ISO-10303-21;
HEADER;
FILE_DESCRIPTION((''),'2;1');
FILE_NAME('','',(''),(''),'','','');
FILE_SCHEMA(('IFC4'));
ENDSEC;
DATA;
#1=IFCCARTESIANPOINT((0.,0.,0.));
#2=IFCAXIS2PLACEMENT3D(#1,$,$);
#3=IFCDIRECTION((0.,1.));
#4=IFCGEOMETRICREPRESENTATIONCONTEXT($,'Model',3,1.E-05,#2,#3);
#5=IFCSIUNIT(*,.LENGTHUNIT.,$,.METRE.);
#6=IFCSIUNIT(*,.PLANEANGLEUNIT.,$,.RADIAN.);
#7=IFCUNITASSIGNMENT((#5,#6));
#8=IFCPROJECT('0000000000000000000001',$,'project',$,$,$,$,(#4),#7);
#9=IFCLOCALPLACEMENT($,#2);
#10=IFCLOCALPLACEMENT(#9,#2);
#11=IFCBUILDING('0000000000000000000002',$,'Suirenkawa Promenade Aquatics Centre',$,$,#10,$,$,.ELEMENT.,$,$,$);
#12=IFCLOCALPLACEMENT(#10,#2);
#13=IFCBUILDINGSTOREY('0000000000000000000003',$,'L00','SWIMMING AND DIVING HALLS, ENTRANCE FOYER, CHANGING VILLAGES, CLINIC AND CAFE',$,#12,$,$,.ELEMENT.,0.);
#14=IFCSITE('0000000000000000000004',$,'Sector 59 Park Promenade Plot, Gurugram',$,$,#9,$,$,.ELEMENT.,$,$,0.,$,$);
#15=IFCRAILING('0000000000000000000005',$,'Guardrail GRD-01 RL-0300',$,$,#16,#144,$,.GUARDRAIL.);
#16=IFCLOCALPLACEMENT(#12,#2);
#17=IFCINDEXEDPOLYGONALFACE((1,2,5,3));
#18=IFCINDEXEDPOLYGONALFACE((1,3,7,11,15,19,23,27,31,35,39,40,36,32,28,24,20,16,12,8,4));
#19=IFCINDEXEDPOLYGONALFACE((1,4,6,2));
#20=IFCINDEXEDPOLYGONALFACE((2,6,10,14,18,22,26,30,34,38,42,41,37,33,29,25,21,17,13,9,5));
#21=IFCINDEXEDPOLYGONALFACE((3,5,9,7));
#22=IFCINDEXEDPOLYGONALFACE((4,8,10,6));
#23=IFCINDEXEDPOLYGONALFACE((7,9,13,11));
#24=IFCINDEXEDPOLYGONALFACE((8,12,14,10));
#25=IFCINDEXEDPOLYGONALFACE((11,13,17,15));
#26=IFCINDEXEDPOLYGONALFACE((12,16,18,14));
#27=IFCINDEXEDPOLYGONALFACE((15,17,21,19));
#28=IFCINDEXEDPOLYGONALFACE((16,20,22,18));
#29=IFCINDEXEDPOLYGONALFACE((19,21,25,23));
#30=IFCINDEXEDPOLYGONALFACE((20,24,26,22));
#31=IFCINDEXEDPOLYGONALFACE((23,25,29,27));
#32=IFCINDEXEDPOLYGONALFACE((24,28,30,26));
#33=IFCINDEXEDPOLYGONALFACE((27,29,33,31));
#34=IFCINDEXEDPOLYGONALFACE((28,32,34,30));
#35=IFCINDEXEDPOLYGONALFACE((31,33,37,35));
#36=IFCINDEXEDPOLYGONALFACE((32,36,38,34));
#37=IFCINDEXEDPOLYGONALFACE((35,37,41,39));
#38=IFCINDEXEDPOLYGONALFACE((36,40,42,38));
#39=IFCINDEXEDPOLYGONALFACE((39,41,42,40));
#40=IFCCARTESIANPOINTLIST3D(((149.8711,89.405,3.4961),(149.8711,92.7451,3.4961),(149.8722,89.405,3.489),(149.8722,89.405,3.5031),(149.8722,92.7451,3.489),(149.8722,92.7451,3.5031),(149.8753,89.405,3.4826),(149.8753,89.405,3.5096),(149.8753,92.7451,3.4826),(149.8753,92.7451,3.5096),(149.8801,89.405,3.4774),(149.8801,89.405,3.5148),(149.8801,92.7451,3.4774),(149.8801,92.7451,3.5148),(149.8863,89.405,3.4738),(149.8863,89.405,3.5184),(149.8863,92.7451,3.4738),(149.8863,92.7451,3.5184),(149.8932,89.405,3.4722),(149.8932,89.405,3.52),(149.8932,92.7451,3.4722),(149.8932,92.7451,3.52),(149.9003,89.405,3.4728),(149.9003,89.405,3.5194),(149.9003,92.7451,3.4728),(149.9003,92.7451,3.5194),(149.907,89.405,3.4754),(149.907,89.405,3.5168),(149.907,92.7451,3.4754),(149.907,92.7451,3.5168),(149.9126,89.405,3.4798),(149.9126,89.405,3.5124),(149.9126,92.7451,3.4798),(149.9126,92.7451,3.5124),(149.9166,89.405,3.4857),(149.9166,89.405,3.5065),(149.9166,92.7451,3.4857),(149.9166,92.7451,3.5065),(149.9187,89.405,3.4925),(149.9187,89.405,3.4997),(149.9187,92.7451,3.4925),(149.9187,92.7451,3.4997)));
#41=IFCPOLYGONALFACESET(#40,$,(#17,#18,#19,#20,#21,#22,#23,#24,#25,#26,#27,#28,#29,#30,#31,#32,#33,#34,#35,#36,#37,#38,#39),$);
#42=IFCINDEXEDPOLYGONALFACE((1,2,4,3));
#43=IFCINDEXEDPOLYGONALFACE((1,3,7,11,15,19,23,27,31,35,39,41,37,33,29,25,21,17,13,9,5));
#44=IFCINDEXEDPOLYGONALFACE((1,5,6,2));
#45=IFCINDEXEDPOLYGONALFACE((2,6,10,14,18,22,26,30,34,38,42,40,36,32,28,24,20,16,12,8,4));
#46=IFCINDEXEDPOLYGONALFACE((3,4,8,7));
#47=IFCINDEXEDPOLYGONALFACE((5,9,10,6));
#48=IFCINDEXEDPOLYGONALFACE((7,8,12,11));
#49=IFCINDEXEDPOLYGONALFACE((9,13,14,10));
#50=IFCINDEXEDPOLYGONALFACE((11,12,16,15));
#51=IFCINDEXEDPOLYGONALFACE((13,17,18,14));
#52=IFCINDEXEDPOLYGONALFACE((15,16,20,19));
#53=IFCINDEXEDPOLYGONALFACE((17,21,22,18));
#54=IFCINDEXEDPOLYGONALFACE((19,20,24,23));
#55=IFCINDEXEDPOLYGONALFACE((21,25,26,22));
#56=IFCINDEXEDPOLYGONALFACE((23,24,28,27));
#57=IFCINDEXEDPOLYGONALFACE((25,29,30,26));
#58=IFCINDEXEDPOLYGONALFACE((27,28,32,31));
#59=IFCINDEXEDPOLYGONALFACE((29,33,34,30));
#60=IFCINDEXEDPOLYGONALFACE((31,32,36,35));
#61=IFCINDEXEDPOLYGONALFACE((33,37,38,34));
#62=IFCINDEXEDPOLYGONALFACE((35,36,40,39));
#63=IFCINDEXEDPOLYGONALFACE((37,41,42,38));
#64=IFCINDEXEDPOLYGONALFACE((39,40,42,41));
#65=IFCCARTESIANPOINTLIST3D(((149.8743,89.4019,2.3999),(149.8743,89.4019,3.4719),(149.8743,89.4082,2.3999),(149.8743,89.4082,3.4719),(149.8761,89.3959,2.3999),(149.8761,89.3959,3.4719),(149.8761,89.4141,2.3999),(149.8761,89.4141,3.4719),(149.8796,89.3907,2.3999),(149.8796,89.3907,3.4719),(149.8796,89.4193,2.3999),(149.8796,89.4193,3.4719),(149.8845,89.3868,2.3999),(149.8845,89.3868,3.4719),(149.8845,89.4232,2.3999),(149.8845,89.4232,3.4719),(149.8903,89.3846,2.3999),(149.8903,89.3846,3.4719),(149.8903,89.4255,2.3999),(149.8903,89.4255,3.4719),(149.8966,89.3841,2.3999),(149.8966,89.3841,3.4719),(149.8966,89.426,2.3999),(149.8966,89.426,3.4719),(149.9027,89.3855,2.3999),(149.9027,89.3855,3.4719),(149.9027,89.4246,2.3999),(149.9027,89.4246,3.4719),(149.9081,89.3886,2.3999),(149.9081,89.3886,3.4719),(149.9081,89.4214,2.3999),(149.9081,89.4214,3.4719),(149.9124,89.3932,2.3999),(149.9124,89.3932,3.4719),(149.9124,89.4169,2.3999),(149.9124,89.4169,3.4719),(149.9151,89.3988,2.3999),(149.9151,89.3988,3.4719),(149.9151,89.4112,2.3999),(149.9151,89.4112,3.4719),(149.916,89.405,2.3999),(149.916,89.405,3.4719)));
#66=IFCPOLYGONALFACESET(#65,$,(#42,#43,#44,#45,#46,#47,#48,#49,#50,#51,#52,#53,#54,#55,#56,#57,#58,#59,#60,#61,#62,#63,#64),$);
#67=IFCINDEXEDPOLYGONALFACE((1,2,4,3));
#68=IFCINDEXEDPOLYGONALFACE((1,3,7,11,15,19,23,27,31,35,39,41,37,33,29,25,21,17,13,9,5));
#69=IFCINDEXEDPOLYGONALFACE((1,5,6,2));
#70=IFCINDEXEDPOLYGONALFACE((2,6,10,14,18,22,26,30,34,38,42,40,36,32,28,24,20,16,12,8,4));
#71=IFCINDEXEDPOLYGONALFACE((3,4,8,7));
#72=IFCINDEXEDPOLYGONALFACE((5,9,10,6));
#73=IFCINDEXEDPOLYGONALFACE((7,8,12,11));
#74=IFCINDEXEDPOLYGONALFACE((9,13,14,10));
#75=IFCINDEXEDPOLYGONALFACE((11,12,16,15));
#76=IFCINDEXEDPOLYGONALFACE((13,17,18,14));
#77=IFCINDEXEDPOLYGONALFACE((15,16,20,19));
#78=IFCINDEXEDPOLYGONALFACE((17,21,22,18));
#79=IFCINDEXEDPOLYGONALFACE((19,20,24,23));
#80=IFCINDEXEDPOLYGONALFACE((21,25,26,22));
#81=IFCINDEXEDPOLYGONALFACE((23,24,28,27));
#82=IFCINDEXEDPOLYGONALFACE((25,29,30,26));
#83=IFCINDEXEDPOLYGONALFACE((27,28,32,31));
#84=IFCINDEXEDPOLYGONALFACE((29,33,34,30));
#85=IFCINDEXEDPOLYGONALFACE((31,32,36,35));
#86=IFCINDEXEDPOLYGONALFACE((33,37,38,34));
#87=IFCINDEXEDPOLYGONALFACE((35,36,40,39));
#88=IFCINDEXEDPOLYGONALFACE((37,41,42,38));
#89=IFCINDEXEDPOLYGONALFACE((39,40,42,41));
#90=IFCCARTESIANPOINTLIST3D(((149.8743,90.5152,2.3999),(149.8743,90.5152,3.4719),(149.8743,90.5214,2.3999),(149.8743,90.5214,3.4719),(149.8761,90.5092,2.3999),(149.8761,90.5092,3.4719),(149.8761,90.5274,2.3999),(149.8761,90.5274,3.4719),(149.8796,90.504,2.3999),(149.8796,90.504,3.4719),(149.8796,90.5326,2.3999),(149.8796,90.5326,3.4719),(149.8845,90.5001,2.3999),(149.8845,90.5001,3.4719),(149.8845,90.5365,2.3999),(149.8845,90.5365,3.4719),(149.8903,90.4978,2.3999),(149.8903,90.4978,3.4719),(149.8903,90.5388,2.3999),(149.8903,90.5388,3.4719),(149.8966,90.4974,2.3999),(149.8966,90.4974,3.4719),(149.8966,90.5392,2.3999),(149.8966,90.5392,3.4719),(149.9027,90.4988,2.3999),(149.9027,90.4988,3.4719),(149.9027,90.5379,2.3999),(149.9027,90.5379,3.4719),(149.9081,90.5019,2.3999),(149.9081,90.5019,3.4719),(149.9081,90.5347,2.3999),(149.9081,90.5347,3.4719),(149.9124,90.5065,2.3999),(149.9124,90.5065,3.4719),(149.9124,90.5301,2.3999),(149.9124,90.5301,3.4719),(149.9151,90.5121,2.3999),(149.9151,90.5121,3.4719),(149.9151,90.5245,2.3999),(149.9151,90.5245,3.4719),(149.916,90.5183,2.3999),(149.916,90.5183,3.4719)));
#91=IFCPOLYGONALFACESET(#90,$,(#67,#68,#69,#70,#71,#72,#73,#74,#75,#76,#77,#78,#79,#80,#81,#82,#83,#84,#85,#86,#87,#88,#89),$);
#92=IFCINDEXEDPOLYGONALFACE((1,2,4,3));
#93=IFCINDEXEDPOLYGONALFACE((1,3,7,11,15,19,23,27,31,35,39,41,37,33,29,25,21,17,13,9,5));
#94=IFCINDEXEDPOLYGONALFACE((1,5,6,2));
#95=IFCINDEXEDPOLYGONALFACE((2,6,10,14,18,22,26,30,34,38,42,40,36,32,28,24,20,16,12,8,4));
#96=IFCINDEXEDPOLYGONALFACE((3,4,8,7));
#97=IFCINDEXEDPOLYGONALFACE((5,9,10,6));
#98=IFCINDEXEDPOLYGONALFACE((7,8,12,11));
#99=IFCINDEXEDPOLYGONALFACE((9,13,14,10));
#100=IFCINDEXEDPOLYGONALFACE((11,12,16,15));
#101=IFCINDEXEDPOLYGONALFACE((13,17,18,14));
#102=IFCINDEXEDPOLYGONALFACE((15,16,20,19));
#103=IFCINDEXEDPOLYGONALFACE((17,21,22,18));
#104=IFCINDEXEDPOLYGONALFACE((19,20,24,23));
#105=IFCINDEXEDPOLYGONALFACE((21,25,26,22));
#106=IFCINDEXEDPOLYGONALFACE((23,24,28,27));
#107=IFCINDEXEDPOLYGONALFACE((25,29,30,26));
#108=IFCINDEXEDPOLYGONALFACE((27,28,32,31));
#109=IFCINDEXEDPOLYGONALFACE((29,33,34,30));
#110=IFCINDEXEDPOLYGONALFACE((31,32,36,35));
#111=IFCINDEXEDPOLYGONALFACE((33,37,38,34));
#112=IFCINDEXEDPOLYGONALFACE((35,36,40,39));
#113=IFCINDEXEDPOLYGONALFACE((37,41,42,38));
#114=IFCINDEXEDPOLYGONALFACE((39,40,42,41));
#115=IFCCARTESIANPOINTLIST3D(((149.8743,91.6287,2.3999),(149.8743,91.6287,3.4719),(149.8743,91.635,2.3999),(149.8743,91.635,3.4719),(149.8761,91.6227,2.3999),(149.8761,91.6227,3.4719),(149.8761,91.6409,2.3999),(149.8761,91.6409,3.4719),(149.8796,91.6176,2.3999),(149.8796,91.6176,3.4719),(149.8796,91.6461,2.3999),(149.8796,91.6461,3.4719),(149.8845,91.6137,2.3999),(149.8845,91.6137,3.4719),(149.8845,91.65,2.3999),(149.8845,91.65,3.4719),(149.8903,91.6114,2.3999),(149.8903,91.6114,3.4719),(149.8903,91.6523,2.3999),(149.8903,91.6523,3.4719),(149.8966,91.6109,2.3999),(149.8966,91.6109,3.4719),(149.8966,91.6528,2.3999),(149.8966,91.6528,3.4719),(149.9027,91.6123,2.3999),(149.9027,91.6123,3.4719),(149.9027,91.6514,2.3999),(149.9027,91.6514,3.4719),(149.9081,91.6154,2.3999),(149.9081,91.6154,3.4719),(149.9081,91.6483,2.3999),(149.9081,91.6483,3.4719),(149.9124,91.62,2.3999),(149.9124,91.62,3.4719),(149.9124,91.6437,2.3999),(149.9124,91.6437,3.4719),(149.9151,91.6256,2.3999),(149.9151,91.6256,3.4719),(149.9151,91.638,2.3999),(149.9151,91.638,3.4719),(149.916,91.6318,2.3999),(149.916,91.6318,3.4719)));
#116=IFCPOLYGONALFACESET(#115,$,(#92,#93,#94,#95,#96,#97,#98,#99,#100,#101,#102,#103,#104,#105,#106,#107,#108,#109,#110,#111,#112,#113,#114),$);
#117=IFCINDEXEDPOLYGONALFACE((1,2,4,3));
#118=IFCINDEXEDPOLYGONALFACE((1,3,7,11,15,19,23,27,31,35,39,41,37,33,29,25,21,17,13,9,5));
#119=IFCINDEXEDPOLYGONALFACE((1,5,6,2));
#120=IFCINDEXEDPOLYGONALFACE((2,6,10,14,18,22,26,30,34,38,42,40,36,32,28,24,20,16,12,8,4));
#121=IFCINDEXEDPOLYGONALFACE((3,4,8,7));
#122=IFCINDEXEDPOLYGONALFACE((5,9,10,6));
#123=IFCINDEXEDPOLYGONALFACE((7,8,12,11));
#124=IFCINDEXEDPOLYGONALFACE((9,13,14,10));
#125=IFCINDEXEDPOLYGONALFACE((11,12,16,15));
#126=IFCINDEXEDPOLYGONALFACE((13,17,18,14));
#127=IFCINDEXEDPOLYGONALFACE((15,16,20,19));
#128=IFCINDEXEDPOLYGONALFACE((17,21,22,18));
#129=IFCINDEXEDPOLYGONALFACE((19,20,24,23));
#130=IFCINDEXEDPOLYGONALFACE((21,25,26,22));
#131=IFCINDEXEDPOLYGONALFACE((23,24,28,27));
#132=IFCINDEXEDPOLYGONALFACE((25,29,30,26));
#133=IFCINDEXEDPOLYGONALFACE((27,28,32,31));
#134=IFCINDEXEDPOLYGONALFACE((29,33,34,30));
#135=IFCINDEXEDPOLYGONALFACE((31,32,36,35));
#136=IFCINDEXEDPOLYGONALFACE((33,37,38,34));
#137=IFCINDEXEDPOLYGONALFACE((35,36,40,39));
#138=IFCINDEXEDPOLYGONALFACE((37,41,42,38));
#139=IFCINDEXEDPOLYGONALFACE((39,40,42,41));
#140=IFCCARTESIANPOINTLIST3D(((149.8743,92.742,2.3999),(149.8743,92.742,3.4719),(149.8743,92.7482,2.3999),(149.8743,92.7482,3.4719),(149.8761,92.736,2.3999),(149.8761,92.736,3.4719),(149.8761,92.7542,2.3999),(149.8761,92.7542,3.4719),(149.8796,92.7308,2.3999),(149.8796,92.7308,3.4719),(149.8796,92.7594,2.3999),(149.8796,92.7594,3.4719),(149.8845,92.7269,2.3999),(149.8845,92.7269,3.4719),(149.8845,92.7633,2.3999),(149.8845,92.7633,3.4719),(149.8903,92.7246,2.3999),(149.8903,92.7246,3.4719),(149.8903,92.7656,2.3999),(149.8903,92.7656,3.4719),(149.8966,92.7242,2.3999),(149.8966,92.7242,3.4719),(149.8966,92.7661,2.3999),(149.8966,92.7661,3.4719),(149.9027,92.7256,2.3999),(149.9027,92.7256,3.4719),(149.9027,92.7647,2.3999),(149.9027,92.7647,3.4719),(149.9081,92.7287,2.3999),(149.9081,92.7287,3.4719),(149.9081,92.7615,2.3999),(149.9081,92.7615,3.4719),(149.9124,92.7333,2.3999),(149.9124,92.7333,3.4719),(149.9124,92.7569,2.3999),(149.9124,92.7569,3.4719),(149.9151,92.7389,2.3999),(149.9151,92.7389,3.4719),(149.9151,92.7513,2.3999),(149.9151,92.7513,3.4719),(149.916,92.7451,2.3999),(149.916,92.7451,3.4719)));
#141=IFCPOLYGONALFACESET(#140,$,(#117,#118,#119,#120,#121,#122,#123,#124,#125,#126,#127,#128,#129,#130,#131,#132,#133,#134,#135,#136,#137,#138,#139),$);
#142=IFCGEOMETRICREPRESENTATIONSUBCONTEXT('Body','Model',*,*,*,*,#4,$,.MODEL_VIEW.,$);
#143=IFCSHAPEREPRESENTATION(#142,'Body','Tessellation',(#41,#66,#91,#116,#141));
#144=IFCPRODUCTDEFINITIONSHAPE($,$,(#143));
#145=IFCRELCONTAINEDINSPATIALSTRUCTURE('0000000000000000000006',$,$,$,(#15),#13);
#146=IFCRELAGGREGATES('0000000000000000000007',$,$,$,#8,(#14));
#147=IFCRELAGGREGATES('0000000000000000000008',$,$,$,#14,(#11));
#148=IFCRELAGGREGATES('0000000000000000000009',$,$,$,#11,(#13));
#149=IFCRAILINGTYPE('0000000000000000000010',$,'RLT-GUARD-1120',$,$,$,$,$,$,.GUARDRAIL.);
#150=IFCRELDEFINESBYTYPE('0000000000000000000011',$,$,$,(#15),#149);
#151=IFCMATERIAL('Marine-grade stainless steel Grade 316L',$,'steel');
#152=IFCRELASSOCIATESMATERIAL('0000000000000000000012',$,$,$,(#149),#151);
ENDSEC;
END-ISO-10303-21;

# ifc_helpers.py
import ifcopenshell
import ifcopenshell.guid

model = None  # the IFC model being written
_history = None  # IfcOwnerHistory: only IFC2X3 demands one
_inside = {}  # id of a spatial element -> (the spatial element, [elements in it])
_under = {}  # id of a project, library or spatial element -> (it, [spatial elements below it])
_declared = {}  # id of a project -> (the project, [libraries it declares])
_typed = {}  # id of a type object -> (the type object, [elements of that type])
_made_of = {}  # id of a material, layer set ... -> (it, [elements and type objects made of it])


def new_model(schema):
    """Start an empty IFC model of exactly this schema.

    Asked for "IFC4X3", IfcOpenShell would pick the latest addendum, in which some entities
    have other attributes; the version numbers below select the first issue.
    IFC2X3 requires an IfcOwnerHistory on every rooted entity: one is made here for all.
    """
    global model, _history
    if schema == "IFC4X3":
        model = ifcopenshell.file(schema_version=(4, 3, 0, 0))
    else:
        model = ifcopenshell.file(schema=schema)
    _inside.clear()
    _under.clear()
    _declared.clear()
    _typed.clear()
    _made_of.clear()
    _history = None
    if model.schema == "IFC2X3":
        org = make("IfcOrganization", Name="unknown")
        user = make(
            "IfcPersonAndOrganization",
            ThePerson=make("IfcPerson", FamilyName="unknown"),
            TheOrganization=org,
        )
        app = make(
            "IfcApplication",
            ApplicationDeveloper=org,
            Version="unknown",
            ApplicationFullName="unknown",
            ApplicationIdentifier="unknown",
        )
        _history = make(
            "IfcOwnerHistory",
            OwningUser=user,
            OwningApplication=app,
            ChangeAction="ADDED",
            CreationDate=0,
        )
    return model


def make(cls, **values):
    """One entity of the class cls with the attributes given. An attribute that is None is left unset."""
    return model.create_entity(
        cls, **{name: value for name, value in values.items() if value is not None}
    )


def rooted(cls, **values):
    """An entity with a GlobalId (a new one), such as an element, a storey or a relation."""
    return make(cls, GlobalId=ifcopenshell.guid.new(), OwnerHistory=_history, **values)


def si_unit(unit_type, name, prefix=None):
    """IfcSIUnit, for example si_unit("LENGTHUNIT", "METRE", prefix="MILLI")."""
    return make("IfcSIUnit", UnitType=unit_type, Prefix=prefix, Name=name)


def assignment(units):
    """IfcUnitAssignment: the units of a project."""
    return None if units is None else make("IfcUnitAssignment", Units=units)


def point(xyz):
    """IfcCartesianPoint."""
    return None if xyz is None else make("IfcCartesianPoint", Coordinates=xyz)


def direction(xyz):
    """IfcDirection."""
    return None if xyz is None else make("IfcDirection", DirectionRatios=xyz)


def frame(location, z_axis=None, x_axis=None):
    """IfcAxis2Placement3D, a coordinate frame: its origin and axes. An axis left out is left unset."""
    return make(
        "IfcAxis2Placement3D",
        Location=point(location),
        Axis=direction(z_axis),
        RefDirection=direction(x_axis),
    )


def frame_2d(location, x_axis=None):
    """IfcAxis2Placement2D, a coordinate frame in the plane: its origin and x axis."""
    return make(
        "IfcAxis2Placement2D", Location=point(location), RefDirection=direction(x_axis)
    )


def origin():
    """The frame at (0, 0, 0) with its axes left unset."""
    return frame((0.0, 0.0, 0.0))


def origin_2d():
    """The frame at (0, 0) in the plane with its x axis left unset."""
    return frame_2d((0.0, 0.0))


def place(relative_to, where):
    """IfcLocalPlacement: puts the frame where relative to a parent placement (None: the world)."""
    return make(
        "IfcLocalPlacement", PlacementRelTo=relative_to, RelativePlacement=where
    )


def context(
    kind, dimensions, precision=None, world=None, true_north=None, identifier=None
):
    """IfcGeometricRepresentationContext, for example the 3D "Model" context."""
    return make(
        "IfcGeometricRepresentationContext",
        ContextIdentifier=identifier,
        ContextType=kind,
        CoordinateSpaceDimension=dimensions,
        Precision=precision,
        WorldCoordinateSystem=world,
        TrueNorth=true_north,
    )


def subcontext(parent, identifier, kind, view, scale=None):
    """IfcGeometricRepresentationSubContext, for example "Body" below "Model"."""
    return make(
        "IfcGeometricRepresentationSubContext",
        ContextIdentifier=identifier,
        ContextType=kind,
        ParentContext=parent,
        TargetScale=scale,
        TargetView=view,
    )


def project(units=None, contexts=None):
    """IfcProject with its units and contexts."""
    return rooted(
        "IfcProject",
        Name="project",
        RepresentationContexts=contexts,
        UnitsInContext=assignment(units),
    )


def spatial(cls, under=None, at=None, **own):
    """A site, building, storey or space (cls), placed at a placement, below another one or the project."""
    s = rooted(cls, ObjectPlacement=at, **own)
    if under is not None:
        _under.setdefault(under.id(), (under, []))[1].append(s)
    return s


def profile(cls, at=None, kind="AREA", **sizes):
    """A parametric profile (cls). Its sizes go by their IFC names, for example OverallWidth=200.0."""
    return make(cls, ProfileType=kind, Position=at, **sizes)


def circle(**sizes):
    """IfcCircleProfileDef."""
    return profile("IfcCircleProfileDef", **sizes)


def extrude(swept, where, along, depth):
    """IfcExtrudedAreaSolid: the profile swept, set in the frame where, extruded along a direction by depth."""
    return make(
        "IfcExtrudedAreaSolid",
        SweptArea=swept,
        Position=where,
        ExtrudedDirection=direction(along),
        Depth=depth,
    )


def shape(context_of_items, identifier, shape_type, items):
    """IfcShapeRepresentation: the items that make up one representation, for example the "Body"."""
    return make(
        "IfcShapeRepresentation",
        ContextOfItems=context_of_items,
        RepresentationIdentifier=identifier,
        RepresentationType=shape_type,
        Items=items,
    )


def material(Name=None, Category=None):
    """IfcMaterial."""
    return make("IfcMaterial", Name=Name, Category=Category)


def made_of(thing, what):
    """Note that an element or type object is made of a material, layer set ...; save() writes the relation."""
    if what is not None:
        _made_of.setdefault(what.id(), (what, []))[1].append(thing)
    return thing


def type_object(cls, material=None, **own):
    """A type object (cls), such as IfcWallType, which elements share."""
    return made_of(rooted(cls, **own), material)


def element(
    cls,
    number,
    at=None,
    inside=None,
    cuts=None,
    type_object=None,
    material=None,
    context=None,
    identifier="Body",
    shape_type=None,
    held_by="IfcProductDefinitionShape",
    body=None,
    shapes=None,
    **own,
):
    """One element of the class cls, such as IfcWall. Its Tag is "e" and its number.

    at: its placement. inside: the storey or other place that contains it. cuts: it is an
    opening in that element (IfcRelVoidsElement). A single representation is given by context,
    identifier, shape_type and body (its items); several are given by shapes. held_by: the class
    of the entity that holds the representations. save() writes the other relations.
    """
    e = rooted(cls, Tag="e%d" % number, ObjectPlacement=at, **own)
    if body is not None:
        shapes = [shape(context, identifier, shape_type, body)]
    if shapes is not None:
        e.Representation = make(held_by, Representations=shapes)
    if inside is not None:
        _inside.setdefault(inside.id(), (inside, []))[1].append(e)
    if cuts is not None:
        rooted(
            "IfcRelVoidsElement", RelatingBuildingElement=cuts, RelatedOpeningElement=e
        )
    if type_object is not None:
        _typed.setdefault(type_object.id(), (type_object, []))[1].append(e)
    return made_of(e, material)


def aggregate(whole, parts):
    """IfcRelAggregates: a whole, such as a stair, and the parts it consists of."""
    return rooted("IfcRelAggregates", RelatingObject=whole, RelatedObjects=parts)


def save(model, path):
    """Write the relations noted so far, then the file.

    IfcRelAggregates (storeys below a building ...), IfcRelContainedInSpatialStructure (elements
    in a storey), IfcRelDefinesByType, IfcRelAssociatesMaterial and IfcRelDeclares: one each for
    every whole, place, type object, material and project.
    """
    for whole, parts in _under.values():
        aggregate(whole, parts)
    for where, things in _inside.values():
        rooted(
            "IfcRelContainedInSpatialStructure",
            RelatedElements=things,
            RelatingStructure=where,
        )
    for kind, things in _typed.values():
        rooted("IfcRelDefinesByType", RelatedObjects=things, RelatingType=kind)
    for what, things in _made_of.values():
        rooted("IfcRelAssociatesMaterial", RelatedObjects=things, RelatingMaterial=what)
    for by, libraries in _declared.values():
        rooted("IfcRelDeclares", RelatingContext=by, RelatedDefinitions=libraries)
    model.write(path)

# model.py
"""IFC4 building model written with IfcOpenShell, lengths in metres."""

from ifc_helpers import new_model, si_unit, direction, frame, origin, origin_2d, place, context, subcontext, project, spatial, circle, extrude, material, type_object, element, save


model = new_model("IFC4")

# Units and contexts
model_context = context("Model", 3, precision=1e-05, world=origin(), true_north=direction((0.0, 1.0)))
body_context = subcontext(model_context, "Body", "Model", "MODEL_VIEW")
ifc_project = project(units=[si_unit("LENGTHUNIT", "METRE"), si_unit("PLANEANGLEUNIT", "RADIAN")], contexts=[model_context])

# Site, building, storey
site_placement = place(None, origin())
site = spatial("IfcSite", under=ifc_project, at=site_placement, Name="Sector 59 Park Promenade Plot, Gurugram", CompositionType="ELEMENT", RefElevation=0.0)
building_placement = place(site_placement, origin())
building = spatial("IfcBuilding", under=site, at=building_placement, Name="Suirenkawa Promenade Aquatics Centre", CompositionType="ELEMENT")
storey_placement = place(building_placement, origin())
storey = spatial("IfcBuildingStorey", under=building, at=storey_placement, Name="L00", Description="SWIMMING AND DIVING HALLS, ENTRANCE FOYER, CHANGING VILLAGES, CLINIC AND CAFE", CompositionType="ELEMENT", Elevation=0.0)

# Railing
ifc_material_1 = material(Name="Marine-grade stainless steel Grade 316L", Category="steel")
railing_type_1 = type_object("IfcRailingType", Name="RLT-GUARD-1120", PredefinedType="GUARDRAIL", material=ifc_material_1)
railing_placement = place(storey_placement, frame((149.895, 89.405, 2.3999)))
element("IfcRailing", 1, at=railing_placement, inside=storey, type_object=railing_type_1, Name="Guardrail GRD-01 RL-0300", PredefinedType="GUARDRAIL", context=body_context, shape_type="SweptSolid", body=[
    extrude(circle(Radius=0.0239, at=origin_2d()), frame((0.0, 0.0, 1.0962), z_axis=(0.0, 1.0, 0.0), x_axis=(-1.0, 0.0, 0.0)), (0.0, 0.0, 1.0), 3.3401),
    extrude(circle(Radius=0.021, at=origin_2d()), origin(), (0.0, 0.0, 1.0), 1.072),
    extrude(circle(Radius=0.021, at=origin_2d()), frame((0.0, 1.1133, 0.0)), (0.0, 0.0, 1.0), 1.072),
    extrude(circle(Radius=0.021, at=origin_2d()), frame((0.0, 2.2268, 0.0)), (0.0, 0.0, 1.0), 1.072),
    extrude(circle(Radius=0.021, at=origin_2d()), frame((0.0, 3.3401, 0.0)), (0.0, 0.0, 1.0), 1.072),
])

save(model, "model.ifc")
